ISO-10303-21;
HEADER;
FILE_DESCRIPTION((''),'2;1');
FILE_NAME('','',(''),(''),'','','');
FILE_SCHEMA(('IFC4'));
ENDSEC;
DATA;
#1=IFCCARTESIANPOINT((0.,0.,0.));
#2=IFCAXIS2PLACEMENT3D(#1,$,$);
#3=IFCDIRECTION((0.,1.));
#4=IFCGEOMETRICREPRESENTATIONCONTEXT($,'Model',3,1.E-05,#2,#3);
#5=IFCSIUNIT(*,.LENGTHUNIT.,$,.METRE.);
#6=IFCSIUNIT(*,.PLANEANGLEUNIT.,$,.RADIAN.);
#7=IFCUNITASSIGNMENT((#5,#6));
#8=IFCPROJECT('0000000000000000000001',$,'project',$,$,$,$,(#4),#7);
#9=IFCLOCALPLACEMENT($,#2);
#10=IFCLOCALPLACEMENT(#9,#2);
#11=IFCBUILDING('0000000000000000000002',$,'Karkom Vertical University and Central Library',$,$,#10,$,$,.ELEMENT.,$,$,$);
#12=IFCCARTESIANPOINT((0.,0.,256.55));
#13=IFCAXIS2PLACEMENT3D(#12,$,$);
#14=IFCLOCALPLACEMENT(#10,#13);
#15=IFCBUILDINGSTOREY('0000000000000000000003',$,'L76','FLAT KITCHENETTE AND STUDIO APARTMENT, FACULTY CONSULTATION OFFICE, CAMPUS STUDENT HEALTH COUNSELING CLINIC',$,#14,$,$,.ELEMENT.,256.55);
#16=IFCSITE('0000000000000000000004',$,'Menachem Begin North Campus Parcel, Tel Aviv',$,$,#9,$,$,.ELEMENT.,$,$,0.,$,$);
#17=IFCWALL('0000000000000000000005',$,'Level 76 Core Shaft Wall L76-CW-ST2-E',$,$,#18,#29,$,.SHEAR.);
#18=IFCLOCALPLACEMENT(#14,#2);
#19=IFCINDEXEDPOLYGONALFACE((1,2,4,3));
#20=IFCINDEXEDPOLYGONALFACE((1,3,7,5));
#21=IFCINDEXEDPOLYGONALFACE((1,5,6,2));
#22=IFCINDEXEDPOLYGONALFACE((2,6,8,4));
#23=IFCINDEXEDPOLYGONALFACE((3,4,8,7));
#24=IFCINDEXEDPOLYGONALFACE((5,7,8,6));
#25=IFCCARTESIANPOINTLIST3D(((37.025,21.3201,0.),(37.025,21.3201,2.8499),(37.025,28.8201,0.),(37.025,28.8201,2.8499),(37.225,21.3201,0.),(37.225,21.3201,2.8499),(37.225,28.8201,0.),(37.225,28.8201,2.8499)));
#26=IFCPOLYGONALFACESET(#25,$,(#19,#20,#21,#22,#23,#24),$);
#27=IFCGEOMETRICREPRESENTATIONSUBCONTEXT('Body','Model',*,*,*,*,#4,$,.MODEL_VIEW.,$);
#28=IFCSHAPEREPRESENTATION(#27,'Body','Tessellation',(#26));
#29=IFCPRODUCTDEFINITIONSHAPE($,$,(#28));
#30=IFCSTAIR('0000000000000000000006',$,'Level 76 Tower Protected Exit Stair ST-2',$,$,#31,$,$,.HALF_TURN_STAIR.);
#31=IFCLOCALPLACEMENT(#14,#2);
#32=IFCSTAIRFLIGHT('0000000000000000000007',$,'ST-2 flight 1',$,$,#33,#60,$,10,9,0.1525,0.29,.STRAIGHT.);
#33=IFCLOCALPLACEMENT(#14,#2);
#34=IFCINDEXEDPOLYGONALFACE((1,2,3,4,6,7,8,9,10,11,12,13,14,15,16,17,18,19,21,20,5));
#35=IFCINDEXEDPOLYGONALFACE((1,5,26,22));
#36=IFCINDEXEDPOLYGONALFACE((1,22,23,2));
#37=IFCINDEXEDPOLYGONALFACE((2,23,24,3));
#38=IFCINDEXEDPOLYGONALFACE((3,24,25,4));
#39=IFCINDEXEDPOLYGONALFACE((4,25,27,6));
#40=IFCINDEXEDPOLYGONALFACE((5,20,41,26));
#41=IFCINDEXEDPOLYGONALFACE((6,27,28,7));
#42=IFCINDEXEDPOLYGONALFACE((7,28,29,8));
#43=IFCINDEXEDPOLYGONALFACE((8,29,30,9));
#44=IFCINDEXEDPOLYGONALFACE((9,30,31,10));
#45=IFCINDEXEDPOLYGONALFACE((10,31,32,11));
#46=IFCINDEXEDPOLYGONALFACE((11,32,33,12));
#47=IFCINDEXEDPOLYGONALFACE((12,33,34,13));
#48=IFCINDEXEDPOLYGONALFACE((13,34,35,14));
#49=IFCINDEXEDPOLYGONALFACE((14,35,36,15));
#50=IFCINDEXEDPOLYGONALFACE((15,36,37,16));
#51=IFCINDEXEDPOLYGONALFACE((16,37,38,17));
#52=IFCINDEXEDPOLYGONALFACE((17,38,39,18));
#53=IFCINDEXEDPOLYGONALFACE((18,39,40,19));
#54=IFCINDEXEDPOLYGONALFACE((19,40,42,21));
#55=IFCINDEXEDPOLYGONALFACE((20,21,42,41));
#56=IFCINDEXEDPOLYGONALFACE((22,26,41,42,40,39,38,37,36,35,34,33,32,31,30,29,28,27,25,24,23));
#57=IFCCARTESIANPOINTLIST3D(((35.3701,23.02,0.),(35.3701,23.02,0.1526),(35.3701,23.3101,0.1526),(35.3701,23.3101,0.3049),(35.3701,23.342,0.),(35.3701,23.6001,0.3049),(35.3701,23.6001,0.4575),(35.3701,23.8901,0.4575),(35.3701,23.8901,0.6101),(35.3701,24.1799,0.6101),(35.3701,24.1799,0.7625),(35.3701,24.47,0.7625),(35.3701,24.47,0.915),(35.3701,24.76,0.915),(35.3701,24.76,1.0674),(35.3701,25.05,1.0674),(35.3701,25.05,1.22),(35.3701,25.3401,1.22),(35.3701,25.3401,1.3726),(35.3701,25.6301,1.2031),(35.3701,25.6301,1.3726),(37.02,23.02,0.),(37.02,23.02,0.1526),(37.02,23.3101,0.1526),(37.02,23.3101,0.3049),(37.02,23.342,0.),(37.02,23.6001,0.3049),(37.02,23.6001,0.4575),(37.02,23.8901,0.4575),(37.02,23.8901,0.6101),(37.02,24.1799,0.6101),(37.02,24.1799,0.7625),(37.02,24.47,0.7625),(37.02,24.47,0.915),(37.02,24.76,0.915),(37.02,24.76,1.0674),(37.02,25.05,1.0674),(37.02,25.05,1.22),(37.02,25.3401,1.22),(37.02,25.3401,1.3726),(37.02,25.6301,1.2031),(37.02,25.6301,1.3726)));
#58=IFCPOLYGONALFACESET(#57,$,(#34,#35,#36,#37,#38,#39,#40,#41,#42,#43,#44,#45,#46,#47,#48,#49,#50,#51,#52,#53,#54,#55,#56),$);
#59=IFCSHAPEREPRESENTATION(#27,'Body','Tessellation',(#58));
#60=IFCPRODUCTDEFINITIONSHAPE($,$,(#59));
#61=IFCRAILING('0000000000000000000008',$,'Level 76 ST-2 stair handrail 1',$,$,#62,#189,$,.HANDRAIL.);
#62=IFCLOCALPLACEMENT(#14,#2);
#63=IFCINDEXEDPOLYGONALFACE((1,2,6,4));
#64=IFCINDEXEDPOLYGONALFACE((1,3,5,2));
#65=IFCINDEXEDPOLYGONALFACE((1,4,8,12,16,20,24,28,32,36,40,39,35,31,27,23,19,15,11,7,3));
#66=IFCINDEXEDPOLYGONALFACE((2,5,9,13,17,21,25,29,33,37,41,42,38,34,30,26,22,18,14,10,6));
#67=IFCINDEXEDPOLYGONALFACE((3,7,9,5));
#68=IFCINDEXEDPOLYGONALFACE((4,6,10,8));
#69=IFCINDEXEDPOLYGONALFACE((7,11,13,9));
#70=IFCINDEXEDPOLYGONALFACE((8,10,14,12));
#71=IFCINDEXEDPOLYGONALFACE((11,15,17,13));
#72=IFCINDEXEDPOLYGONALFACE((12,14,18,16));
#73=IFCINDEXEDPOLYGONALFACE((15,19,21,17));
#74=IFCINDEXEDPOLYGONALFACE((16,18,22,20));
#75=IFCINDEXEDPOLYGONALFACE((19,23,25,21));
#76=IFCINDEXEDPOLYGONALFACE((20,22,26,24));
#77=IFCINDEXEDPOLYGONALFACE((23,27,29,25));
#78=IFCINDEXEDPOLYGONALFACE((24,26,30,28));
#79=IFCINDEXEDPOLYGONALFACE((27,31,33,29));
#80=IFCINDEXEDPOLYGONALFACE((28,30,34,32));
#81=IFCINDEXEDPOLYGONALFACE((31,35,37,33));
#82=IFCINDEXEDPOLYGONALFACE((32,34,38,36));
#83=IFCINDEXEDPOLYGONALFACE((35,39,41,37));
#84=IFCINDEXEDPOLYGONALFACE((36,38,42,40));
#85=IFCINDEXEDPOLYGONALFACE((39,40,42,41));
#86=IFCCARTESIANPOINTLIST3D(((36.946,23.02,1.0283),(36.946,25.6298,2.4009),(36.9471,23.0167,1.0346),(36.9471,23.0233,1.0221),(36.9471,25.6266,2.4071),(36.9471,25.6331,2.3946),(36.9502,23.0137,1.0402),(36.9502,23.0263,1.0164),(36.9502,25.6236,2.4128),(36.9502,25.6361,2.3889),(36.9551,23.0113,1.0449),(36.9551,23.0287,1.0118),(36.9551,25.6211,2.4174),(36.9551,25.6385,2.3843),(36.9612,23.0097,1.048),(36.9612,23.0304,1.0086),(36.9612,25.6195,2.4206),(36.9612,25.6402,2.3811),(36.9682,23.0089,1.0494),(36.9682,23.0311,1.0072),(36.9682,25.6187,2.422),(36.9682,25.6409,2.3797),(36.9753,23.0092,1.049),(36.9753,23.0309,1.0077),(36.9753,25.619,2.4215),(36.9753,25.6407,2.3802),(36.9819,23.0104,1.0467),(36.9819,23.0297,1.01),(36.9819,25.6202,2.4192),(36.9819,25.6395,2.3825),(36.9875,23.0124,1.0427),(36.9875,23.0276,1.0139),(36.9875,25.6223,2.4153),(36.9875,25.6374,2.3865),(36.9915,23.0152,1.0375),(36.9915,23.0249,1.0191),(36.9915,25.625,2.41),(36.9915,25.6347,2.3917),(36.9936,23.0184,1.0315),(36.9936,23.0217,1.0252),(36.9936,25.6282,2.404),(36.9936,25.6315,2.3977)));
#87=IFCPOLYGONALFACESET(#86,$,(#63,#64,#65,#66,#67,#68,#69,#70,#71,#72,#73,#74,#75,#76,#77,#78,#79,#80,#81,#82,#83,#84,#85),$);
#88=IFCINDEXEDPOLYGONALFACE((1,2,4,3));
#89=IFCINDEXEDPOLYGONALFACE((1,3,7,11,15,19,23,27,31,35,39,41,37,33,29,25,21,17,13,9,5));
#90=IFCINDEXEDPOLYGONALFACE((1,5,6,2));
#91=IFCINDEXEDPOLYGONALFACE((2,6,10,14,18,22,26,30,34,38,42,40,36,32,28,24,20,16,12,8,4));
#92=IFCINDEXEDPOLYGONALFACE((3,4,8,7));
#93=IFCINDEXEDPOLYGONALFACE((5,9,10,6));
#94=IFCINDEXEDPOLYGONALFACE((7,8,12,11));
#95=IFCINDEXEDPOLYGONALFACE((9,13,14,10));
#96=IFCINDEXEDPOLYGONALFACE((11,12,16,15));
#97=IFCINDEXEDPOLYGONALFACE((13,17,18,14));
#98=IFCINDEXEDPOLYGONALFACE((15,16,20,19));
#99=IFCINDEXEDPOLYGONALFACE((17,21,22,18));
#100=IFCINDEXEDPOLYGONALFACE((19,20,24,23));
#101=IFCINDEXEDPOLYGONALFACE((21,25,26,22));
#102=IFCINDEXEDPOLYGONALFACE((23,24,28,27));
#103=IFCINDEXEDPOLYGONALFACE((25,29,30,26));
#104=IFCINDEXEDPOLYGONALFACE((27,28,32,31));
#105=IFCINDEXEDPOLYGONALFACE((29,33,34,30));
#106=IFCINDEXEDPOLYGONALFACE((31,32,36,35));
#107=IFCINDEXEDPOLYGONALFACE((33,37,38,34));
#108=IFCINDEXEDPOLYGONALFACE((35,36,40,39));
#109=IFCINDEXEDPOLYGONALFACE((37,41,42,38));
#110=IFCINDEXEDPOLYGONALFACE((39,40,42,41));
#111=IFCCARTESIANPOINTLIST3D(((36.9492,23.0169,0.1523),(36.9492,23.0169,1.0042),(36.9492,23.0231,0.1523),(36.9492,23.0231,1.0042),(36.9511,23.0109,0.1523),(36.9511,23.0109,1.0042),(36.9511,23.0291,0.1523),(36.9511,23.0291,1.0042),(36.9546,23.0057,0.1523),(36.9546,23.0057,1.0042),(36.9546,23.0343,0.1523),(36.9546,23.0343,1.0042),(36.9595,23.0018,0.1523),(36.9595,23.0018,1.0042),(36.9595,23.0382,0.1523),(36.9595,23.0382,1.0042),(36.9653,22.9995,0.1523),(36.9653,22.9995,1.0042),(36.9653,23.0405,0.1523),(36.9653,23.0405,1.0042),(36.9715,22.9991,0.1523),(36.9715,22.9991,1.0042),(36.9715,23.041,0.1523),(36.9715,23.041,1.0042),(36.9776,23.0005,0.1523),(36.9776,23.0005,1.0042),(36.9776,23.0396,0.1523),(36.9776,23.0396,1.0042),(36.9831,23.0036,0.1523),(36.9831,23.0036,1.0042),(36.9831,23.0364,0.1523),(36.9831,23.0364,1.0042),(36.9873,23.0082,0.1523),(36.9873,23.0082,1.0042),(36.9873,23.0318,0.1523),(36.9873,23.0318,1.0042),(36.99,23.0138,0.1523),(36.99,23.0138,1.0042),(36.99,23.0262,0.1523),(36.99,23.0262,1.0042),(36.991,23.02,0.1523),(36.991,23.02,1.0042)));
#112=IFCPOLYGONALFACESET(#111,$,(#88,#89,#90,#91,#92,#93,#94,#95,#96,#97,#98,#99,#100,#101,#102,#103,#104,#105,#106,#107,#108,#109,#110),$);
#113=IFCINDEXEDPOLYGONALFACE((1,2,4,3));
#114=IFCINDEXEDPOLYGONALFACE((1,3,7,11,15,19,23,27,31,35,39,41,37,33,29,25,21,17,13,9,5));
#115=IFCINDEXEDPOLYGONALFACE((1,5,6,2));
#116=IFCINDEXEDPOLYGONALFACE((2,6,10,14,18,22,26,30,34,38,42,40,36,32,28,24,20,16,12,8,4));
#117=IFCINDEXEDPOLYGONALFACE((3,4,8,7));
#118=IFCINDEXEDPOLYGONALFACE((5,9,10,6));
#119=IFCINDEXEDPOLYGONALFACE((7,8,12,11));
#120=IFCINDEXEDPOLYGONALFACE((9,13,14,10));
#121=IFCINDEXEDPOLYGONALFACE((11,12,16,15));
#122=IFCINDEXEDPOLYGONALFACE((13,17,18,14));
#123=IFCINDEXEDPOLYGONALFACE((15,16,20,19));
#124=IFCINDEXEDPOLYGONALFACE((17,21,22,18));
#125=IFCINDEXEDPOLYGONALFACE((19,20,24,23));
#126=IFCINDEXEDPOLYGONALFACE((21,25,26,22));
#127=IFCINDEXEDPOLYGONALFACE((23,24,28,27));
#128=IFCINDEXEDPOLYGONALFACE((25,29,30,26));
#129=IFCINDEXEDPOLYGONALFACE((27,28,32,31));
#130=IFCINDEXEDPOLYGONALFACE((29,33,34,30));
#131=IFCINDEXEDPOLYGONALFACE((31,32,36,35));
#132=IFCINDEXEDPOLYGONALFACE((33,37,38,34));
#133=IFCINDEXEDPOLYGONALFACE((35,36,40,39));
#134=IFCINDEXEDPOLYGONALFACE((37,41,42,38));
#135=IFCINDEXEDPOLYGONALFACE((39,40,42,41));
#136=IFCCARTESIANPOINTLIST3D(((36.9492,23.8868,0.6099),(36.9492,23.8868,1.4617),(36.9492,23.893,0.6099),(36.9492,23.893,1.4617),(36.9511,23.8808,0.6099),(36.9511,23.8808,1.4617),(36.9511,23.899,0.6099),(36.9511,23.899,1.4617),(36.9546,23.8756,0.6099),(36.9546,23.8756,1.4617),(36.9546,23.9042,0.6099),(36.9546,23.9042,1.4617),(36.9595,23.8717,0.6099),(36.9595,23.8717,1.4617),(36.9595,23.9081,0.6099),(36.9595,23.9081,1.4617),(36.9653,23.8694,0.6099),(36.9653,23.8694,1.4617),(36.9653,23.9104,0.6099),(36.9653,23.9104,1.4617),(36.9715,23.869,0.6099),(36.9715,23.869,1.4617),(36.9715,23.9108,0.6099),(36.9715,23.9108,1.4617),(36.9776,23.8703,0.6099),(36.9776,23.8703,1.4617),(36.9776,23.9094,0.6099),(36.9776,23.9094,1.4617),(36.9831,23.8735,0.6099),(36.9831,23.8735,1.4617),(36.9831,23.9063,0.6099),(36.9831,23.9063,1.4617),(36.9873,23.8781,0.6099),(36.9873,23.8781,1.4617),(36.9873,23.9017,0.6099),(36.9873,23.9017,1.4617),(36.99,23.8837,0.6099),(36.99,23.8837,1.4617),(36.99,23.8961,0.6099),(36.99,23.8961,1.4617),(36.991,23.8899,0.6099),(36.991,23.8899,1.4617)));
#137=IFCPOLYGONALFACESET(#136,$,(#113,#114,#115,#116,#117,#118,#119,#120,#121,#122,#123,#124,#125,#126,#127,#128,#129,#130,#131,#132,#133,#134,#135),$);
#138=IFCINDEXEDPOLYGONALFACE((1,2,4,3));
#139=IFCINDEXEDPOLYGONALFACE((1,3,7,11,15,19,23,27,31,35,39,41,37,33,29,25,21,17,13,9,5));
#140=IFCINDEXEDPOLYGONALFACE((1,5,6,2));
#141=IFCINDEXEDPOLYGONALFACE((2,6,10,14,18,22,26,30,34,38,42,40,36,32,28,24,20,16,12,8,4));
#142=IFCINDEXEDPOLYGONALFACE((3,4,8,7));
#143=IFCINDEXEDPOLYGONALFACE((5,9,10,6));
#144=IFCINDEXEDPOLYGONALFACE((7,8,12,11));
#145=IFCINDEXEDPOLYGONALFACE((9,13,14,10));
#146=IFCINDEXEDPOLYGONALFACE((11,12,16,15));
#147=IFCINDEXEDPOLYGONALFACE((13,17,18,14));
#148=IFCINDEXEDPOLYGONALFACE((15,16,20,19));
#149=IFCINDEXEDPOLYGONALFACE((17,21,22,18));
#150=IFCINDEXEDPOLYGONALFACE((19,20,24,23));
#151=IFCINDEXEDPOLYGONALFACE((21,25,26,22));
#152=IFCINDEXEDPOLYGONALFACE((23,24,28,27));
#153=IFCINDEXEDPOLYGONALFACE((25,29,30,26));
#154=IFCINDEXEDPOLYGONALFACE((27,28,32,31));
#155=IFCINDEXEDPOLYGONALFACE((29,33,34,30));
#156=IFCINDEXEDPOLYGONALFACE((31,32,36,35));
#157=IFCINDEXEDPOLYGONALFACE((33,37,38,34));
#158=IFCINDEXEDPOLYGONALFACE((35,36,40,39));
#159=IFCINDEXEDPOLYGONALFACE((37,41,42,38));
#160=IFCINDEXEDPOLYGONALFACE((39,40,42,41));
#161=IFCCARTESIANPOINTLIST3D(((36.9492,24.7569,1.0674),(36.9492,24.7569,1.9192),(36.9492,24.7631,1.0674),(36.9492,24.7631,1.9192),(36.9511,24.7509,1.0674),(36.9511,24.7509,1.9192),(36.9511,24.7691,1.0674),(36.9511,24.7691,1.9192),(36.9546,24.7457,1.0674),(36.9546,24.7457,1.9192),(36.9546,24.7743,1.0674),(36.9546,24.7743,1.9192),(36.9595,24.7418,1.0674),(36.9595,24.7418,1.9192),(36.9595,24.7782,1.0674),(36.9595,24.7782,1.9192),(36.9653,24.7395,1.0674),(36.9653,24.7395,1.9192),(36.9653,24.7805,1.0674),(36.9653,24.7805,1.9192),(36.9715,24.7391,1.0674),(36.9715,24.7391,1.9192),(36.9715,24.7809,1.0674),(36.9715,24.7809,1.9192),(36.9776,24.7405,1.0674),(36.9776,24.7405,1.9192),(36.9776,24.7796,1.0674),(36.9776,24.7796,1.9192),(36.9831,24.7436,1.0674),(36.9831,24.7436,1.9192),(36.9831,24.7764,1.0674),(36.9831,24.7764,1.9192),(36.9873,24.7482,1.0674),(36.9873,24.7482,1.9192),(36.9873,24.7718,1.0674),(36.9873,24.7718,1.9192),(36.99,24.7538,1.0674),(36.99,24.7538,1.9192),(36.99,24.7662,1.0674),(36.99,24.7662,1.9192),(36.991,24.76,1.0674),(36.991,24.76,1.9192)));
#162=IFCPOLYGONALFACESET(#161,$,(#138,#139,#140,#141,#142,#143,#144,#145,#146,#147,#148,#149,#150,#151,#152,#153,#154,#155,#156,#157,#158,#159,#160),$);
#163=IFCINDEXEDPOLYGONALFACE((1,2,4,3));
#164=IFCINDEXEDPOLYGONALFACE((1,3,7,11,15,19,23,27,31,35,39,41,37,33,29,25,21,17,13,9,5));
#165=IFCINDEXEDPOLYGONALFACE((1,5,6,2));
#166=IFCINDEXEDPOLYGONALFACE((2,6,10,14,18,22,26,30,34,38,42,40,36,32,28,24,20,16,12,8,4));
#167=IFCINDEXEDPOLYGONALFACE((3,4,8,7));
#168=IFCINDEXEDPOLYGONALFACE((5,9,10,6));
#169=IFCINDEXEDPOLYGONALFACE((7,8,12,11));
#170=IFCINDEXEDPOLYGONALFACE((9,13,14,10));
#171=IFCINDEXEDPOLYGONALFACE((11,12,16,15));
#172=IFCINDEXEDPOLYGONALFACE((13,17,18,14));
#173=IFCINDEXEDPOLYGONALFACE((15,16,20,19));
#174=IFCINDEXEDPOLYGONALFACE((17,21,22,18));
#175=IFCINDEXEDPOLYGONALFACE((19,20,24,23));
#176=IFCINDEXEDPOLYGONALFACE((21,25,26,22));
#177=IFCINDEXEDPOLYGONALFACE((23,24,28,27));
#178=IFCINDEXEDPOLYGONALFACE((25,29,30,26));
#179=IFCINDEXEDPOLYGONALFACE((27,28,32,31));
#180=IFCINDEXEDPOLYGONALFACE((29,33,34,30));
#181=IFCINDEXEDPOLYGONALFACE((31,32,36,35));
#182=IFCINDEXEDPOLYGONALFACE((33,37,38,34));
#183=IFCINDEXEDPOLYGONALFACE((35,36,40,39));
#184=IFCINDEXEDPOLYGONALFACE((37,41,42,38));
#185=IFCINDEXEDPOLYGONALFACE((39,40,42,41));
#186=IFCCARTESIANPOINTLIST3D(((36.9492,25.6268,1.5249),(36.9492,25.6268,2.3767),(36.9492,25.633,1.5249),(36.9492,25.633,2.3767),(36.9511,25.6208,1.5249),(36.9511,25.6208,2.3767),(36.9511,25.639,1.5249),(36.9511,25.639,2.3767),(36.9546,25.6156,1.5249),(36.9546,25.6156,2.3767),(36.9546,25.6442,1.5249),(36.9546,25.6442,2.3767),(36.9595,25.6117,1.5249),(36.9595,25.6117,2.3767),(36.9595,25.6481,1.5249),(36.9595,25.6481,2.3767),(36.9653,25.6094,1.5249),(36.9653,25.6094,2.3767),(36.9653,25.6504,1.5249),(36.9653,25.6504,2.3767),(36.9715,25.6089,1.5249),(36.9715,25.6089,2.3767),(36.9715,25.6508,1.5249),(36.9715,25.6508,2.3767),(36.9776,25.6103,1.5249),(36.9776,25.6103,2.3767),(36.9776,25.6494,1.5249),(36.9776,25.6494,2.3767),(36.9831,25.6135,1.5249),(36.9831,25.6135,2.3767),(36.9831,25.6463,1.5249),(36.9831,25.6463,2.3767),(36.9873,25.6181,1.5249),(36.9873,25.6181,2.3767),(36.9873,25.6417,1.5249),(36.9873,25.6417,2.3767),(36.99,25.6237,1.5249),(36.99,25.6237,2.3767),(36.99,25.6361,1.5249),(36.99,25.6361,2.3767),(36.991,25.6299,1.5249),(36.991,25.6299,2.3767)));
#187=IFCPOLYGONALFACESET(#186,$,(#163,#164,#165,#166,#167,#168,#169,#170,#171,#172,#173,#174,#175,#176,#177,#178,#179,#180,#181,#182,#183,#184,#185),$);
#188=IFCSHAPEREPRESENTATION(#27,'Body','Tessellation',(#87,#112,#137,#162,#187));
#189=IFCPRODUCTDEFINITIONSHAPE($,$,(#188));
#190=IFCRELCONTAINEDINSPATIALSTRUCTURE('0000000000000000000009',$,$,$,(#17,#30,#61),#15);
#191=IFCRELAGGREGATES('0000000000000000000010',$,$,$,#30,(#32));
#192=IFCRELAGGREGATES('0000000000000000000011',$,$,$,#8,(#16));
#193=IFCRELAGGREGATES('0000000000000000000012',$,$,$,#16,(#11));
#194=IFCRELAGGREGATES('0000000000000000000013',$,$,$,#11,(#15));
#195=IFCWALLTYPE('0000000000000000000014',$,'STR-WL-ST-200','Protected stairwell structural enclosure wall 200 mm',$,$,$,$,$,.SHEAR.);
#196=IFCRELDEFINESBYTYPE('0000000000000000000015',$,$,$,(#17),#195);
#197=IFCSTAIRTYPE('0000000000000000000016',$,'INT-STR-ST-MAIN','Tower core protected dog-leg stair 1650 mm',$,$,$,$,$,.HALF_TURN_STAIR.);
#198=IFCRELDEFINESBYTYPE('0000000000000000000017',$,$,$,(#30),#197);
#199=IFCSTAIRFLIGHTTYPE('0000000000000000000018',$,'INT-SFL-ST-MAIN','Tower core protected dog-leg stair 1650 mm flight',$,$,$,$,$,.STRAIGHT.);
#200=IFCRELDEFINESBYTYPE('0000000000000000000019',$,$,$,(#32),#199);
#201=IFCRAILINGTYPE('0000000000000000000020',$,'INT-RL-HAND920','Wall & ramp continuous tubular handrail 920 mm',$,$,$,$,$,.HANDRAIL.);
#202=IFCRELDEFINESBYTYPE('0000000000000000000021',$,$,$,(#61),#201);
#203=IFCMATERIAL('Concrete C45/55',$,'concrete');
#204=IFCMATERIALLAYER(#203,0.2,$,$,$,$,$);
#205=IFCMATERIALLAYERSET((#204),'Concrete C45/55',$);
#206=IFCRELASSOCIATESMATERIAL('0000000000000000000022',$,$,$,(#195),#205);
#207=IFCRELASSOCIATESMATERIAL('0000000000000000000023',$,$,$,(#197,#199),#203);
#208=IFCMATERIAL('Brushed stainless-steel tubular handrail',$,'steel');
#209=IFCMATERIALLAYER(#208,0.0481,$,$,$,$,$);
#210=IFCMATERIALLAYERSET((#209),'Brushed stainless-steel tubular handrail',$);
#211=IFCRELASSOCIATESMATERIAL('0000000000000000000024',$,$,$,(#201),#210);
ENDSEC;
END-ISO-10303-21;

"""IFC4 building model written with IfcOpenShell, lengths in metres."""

from ifc_helpers import new_model, si_unit, direction, frame, frame_2d, origin, origin_2d, place, context, subcontext, project, spatial, polyline, rectangle, circle, outline, extrude, material, layer, layer_set, type_object, element, aggregate, save


model = new_model("IFC4")

# Units and contexts
model_context = context("Model", 3, precision=1e-05, world=origin(), true_north=direction((0.0, 1.0)))
body_context = subcontext(model_context, "Body", "Model", "MODEL_VIEW")
ifc_project = project(units=[si_unit("LENGTHUNIT", "METRE"), si_unit("PLANEANGLEUNIT", "RADIAN")], contexts=[model_context])

# Site, building, storey
site_placement = place(None, origin())
site = spatial("IfcSite", under=ifc_project, at=site_placement, Name="Menachem Begin North Campus Parcel, Tel Aviv", CompositionType="ELEMENT", RefElevation=0.0)
building_placement = place(site_placement, origin())
building = spatial("IfcBuilding", under=site, at=building_placement, Name="Karkom Vertical University and Central Library", CompositionType="ELEMENT")
storey_placement = place(building_placement, frame((0.0, 0.0, 256.55)))
storey = spatial("IfcBuildingStorey", under=building, at=storey_placement, Name="L76", Description="FLAT KITCHENETTE AND STUDIO APARTMENT, FACULTY CONSULTATION OFFICE, CAMPUS STUDENT HEALTH COUNSELING CLINIC", CompositionType="ELEMENT", Elevation=256.55)

# Shared definitions
ifc_material_1 = material(Name="Concrete C45/55", Category="concrete")

# Wall
ifc_layer_1 = layer(ifc_material_1, 0.2)
ifc_layer_set_1 = layer_set([ifc_layer_1], Name="Concrete C45/55")
wall_type_1 = type_object("IfcWallType", Name="STR-WL-ST-200", Description="Protected stairwell structural enclosure wall 200 mm", PredefinedType="SHEAR", material=ifc_layer_set_1)
wall_1_placement = place(storey_placement, frame((37.125, 21.3201, 0.0), z_axis=(0.0, 0.0, 1.0), x_axis=(0.0, 1.0, 0.0)))
element("IfcWall", 1, at=wall_1_placement, inside=storey, type_object=wall_type_1, Name="Level 76 Core Shaft Wall L76-CW-ST2-E", PredefinedType="SHEAR", context=body_context, shape_type="SweptSolid", body=[
    extrude(rectangle(XDim=7.5, YDim=0.2, at=frame_2d((3.75, 0.0))), origin(), (0.0, 0.0, 1.0), 2.8499),
])

# Stair, stair flight
stair_type = type_object("IfcStairType", Name="INT-STR-ST-MAIN", Description="Tower core protected dog-leg stair 1650 mm", PredefinedType="HALF_TURN_STAIR", material=ifc_material_1)
stair_placement = place(storey_placement, origin())
stair = element("IfcStair", 2, at=stair_placement, inside=storey, type_object=stair_type, Name="Level 76 Tower Protected Exit Stair ST-2", PredefinedType="HALF_TURN_STAIR")
stair_flight_type = type_object("IfcStairFlightType", Name="INT-SFL-ST-MAIN", Description="Tower core protected dog-leg stair 1650 mm flight", PredefinedType="STRAIGHT", material=ifc_material_1)
stair_flight_placement = place(storey_placement, frame((36.1951, 23.02, 0.0), z_axis=(0.0, 0.0, 1.0), x_axis=(0.0, 1.0, 0.0)))
stair_flight = element("IfcStairFlight", 3, at=stair_flight_placement, type_object=stair_flight_type, Name="ST-2 flight 1", NumberOfRisers=10, NumberOfTreads=9, PredefinedType="STRAIGHT", RiserHeight=0.1525, TreadLength=0.29, context=body_context, shape_type="SweptSolid", body=[
    extrude(outline(polyline([(0.0, 0.0), (0.0, 0.1526), (0.29, 0.1526), (0.29, 0.3049), (0.5801, 0.3049), (0.5801, 0.4575), (0.8701, 0.4575), (0.8701, 0.6101), (1.1599, 0.6101), (1.1599, 0.7625), (1.45, 0.7625), (1.45, 0.915), (1.74, 0.915), (1.74, 1.0674), (2.03, 1.0674), (2.03, 1.22), (2.3201, 1.22), (2.3201, 1.3726), (2.6101, 1.3726), (2.6101, 1.5249), (2.6101, 1.2031), (0.322, 0.0), (0.0, 0.0)])), frame((0.0, 0.825, 0.0), z_axis=(0.0, -1.0, 0.0), x_axis=(1.0, 0.0, 0.0)), (0.0, 0.0, 1.0), 1.6499),
])
aggregate(stair, [stair_flight])

# Railing
ifc_material_2 = material(Name="Brushed stainless-steel tubular handrail", Category="steel")
ifc_layer_2 = layer(ifc_material_2, 0.0481)
ifc_layer_set_2 = layer_set([ifc_layer_2], Name="Brushed stainless-steel tubular handrail")
railing_type = type_object("IfcRailingType", Name="INT-RL-HAND920", Description="Wall & ramp continuous tubular handrail 920 mm", PredefinedType="HANDRAIL", material=ifc_layer_set_2)
railing_placement = place(storey_placement, frame((36.97, 23.02, 0.1523)))
element("IfcRailing", 4, at=railing_placement, inside=storey, type_object=railing_type, Name="Level 76 ST-2 stair handrail 1", PredefinedType="HANDRAIL", context=body_context, shape_type="SweptSolid", body=[
    extrude(circle(Radius=0.0239, at=origin_2d()), frame((0.0, 0.0, 0.876), z_axis=(0.0, 0.885065, 0.465467), x_axis=(-1.0, 0.0, 0.0)), (0.0, 0.0, 1.0), 2.9487),
    extrude(circle(Radius=0.021, at=origin_2d()), origin(), (0.0, 0.0, 1.0), 0.8518),
    extrude(circle(Radius=0.021, at=origin_2d()), frame((0.0, 0.8699, 0.4575)), (0.0, 0.0, 1.0), 0.8518),
    extrude(circle(Radius=0.021, at=origin_2d()), frame((0.0, 1.74, 0.915)), (0.0, 0.0, 1.0), 0.8518),
    extrude(circle(Radius=0.021, at=origin_2d()), frame((0.0, 2.6099, 1.3726)), (0.0, 0.0, 1.0), 0.8518),
])

save(model, "model.ifc")
